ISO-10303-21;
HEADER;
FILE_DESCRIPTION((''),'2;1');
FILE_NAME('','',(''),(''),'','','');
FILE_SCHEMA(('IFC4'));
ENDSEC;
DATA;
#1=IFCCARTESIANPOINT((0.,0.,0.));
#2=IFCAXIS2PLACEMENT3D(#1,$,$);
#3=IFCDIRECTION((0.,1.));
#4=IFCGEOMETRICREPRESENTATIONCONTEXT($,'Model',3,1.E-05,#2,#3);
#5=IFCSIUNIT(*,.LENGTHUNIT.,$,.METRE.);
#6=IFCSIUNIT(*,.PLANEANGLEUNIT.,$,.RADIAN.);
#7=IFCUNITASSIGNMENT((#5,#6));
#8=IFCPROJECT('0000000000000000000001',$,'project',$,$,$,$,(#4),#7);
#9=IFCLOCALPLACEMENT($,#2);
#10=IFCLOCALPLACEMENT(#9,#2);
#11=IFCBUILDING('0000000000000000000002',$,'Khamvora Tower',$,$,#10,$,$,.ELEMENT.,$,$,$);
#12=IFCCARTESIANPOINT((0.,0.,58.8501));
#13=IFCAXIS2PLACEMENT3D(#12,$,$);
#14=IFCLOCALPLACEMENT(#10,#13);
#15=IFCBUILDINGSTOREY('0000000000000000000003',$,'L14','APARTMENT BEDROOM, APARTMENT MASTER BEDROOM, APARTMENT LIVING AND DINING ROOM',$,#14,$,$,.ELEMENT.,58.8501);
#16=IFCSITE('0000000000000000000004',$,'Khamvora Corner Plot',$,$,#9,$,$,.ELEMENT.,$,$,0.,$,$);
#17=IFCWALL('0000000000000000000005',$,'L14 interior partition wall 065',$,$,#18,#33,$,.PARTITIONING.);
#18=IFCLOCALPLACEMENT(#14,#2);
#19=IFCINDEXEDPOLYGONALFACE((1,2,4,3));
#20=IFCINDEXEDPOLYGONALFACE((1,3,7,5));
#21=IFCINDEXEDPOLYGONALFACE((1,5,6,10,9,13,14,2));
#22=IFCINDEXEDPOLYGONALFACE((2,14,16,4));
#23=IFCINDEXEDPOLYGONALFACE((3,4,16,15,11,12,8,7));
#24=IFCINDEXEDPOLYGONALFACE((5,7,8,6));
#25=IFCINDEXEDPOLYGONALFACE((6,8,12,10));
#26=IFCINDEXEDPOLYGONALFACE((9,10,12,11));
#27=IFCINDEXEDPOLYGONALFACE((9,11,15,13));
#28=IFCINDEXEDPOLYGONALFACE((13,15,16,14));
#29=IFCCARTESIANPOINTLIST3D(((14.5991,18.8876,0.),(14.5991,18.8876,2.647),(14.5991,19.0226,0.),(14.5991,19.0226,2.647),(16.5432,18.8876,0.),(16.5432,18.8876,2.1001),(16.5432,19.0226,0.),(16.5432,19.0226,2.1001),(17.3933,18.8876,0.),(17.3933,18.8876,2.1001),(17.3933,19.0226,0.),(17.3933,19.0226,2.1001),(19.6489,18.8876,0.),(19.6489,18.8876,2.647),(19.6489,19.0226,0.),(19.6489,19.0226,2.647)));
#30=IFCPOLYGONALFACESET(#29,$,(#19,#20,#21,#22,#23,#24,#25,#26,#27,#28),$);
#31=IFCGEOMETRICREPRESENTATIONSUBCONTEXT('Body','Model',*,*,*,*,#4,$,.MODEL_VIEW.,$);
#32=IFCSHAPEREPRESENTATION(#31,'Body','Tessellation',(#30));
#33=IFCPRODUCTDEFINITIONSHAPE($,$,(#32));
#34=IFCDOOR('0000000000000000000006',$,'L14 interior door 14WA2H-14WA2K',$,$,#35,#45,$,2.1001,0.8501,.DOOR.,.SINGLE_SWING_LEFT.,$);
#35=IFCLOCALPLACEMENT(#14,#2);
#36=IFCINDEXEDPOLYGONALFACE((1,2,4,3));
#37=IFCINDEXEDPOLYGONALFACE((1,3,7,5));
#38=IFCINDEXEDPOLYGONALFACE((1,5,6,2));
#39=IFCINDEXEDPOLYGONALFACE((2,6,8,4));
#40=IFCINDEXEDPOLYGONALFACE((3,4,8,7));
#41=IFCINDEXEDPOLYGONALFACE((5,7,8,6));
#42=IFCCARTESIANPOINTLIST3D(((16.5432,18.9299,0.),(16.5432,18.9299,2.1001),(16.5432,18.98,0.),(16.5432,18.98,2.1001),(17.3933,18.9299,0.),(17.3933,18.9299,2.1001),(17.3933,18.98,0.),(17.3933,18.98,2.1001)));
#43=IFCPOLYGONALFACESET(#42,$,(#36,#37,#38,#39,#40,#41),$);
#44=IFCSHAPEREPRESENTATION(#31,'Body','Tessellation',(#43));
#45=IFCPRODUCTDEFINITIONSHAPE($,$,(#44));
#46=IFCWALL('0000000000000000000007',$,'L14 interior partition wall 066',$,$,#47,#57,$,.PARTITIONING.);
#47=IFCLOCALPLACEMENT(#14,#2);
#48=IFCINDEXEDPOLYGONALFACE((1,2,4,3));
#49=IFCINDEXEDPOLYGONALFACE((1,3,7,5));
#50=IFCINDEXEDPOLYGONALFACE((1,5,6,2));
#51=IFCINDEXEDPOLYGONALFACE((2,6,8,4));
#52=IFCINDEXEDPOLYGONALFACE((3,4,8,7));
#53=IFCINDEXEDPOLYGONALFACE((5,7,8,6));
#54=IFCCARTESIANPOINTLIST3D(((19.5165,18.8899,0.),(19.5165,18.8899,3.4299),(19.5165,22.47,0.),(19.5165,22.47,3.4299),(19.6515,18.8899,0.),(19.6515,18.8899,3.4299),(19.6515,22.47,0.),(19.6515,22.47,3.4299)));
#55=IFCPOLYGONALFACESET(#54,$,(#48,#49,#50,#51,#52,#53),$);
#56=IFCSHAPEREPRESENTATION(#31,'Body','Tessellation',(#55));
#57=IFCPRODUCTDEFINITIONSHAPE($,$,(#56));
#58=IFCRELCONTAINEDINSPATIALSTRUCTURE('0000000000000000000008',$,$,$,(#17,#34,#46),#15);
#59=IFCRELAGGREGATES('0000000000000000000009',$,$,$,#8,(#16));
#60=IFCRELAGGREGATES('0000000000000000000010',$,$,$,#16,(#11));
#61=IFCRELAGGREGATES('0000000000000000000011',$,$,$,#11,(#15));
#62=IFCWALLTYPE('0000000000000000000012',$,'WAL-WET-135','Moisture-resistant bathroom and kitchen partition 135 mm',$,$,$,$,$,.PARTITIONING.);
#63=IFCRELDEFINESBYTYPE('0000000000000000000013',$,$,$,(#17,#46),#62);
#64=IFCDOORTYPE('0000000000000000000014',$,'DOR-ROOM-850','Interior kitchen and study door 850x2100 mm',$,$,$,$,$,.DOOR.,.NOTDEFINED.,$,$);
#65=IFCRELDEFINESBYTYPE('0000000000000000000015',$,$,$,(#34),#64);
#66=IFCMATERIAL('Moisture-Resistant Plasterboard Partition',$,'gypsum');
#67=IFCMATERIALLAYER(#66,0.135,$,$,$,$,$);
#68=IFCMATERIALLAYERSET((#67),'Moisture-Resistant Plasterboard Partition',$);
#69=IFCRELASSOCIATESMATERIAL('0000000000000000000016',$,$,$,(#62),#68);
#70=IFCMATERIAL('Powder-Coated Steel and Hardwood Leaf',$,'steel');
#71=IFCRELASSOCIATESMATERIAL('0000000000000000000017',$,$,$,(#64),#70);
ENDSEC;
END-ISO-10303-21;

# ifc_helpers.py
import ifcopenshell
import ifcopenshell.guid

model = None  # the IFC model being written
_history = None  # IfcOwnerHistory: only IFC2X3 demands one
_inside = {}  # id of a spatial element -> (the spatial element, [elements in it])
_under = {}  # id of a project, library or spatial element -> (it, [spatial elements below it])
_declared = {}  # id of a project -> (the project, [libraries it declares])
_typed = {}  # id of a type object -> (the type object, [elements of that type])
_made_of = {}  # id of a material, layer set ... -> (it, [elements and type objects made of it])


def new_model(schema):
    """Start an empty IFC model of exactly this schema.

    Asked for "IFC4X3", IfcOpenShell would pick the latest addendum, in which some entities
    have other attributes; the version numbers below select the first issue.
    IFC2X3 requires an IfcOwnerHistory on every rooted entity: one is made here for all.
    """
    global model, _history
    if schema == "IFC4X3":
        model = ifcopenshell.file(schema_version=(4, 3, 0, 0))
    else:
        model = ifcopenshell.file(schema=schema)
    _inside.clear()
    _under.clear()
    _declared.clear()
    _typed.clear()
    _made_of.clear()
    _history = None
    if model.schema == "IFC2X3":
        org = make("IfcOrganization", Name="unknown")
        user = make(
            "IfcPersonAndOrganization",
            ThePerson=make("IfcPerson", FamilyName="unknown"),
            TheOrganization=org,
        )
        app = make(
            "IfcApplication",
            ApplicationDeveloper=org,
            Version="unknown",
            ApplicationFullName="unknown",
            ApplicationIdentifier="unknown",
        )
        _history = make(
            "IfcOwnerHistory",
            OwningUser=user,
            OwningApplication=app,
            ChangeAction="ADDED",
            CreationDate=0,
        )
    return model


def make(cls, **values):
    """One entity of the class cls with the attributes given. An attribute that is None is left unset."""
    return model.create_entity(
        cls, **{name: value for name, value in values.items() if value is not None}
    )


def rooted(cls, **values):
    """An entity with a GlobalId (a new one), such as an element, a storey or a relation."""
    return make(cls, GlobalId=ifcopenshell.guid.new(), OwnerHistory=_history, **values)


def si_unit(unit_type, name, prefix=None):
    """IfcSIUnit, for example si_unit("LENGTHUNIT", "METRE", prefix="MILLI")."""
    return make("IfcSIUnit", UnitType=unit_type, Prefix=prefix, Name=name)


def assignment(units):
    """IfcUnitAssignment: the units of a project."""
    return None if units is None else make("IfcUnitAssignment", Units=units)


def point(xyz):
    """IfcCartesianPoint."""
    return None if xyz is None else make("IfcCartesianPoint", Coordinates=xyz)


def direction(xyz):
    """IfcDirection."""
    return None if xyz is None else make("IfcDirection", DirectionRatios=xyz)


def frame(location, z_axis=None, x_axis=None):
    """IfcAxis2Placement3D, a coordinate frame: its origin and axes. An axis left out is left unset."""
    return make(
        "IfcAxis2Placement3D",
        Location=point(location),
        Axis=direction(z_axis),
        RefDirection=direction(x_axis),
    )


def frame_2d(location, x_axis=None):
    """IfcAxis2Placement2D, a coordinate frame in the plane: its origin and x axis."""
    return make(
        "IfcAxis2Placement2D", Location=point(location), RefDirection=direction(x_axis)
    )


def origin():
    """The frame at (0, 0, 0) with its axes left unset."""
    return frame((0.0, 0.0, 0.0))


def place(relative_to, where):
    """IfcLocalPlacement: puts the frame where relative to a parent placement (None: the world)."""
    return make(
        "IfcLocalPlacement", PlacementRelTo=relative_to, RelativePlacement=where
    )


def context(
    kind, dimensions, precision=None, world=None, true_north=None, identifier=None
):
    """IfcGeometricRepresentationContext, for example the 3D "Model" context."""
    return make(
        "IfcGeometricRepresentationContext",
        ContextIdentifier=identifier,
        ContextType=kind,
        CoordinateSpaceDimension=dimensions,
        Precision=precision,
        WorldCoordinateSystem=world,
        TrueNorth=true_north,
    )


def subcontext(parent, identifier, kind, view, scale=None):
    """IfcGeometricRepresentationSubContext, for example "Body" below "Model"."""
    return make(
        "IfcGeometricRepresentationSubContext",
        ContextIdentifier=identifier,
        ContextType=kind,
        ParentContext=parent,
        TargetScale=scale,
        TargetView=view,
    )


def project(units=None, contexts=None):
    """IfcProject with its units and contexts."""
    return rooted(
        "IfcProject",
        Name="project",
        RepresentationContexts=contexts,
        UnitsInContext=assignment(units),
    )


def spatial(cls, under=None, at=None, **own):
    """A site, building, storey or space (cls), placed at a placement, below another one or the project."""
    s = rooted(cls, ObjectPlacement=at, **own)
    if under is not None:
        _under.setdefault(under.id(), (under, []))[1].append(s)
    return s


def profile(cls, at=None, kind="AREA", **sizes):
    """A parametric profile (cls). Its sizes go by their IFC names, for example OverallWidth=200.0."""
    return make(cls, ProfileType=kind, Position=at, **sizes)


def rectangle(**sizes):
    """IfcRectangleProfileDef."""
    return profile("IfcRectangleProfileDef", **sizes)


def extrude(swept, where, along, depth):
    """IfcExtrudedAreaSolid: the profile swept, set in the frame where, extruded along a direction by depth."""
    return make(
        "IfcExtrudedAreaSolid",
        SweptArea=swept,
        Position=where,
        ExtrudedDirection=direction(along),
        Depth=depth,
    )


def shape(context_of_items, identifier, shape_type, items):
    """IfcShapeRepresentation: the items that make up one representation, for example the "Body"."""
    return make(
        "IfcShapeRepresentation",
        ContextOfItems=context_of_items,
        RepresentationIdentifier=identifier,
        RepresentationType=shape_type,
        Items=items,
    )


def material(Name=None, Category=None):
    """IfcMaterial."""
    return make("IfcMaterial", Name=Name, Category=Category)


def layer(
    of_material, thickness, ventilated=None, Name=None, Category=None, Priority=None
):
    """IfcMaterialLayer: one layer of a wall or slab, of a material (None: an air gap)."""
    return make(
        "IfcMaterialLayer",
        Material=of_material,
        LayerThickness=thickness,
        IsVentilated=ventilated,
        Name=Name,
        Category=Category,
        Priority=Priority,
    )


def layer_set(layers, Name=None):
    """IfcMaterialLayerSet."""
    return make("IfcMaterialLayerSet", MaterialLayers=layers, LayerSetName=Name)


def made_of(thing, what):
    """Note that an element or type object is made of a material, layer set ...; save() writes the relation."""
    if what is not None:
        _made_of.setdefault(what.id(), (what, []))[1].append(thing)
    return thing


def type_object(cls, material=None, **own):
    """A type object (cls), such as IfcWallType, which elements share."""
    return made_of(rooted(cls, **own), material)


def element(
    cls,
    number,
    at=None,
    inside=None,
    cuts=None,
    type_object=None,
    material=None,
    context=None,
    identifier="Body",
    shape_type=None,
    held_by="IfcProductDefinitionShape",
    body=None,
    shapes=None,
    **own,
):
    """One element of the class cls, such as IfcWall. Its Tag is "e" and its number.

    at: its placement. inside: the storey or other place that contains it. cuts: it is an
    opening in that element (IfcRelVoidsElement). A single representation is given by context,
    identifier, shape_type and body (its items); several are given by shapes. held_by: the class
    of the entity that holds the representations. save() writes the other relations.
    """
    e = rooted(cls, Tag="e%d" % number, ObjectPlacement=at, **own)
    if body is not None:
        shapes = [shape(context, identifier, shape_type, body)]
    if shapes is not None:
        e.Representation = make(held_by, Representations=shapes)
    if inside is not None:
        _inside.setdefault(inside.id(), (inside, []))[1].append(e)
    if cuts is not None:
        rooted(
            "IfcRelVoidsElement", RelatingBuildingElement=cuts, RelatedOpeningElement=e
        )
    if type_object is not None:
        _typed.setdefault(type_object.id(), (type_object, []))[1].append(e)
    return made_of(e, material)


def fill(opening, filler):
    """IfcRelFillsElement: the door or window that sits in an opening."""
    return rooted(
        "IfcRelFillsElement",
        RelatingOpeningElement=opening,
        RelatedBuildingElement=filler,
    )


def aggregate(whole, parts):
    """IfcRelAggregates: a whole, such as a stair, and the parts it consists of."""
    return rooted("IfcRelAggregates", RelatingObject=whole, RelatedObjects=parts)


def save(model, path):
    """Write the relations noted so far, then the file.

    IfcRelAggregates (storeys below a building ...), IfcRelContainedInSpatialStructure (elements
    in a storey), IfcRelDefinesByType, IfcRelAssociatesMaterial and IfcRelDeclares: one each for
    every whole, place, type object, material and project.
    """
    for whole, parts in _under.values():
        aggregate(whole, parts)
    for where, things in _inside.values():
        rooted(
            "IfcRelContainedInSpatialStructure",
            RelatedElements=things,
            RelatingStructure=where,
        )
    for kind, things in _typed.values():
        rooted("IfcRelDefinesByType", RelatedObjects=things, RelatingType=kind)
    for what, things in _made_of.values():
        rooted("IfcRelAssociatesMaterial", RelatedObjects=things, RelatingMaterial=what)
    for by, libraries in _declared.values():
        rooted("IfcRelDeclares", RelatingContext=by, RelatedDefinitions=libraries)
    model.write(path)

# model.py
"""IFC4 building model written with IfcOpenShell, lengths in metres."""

from ifc_helpers import new_model, si_unit, direction, frame, frame_2d, origin, place, context, subcontext, project, spatial, rectangle, extrude, material, layer, layer_set, type_object, element, fill, save


model = new_model("IFC4")

# Units and contexts
model_context = context("Model", 3, precision=1e-05, world=origin(), true_north=direction((0.0, 1.0)))
body_context = subcontext(model_context, "Body", "Model", "MODEL_VIEW")
ifc_project = project(units=[si_unit("LENGTHUNIT", "METRE"), si_unit("PLANEANGLEUNIT", "RADIAN")], contexts=[model_context])

# Site, building, storey
site_placement = place(None, origin())
site = spatial("IfcSite", under=ifc_project, at=site_placement, Name="Khamvora Corner Plot", CompositionType="ELEMENT", RefElevation=0.0)
building_placement = place(site_placement, origin())
building = spatial("IfcBuilding", under=site, at=building_placement, Name="Khamvora Tower", CompositionType="ELEMENT")
storey_placement = place(building_placement, frame((0.0, 0.0, 58.8501)))
storey = spatial("IfcBuildingStorey", under=building, at=storey_placement, Name="L14", Description="APARTMENT BEDROOM, APARTMENT MASTER BEDROOM, APARTMENT LIVING AND DINING ROOM", CompositionType="ELEMENT", Elevation=58.8501)

# Shared definitions
ifc_material_1 = material(Name="Powder-Coated Steel and Hardwood Leaf", Category="steel")

# Shared definitions
ifc_material_2 = material(Name="Moisture-Resistant Plasterboard Partition", Category="gypsum")
ifc_layer_1 = layer(ifc_material_2, 0.135)
ifc_layer_set_1 = layer_set([ifc_layer_1], Name="Moisture-Resistant Plasterboard Partition")
wall_type_1 = type_object("IfcWallType", Name="WAL-WET-135", Description="Moisture-resistant bathroom and kitchen partition 135 mm", PredefinedType="PARTITIONING", material=ifc_layer_set_1)

# Wall, opening, door
wall_1_placement = place(storey_placement, frame((14.5991, 18.9551, 0.0), z_axis=(0.0, 0.0, 1.0), x_axis=(1.0, 0.0, 0.0)))
wall_1 = element("IfcWall", 1, at=wall_1_placement, inside=storey, type_object=wall_type_1, Name="L14 interior partition wall 065", PredefinedType="PARTITIONING", context=body_context, shape_type="SweptSolid", body=[
    extrude(rectangle(XDim=5.0498, YDim=0.135, at=frame_2d((2.5249, 0.0))), origin(), (0.0, 0.0, 1.0), 2.647),
])
opening_1_placement = place(wall_1_placement, frame((1.9441, 0.0, 0.0)))
opening_1 = element("IfcOpeningElement", 2, at=opening_1_placement, cuts=wall_1, PredefinedType="OPENING", context=body_context, shape_type="SweptSolid", body=[
    extrude(rectangle(XDim=0.8501, YDim=2.1001, at=frame_2d((0.425, 1.05))), frame((0.0, 0.0774, 0.0), z_axis=(0.0, -1.0, 0.0), x_axis=(1.0, 0.0, 0.0)), (0.0, 0.0, 1.0), 0.155),
])
door_type_1 = type_object("IfcDoorType", Name="DOR-ROOM-850", Description="Interior kitchen and study door 850x2100 mm", OperationType="NOTDEFINED", PredefinedType="DOOR", material=ifc_material_1)
door_1_placement = place(opening_1_placement, origin())
door_1 = element("IfcDoor", 3, at=door_1_placement, inside=storey, type_object=door_type_1, Name="L14 interior door 14WA2H-14WA2K", OperationType="SINGLE_SWING_LEFT", OverallHeight=2.1001, OverallWidth=0.8501, PredefinedType="DOOR", context=body_context, shape_type="SweptSolid", body=[
    extrude(rectangle(XDim=0.8501, YDim=2.1001, at=frame_2d((0.425, 1.05))), frame((0.0, 0.0249, 0.0), z_axis=(0.0, -1.0, 0.0), x_axis=(1.0, 0.0, 0.0)), (0.0, 0.0, 1.0), 0.05),
])
fill(opening_1, door_1)

# Wall
wall_2_placement = place(storey_placement, frame((19.584, 18.8899, 0.0), z_axis=(0.0, 0.0, 1.0), x_axis=(0.0, 1.0, 0.0)))
element("IfcWall", 4, at=wall_2_placement, inside=storey, type_object=wall_type_1, Name="L14 interior partition wall 066", PredefinedType="PARTITIONING", context=body_context, shape_type="SweptSolid", body=[
    extrude(rectangle(XDim=3.5801, YDim=0.135, at=frame_2d((1.79, 0.0))), origin(), (0.0, 0.0, 1.0), 3.4299),
])

save(model, "model.ifc")
